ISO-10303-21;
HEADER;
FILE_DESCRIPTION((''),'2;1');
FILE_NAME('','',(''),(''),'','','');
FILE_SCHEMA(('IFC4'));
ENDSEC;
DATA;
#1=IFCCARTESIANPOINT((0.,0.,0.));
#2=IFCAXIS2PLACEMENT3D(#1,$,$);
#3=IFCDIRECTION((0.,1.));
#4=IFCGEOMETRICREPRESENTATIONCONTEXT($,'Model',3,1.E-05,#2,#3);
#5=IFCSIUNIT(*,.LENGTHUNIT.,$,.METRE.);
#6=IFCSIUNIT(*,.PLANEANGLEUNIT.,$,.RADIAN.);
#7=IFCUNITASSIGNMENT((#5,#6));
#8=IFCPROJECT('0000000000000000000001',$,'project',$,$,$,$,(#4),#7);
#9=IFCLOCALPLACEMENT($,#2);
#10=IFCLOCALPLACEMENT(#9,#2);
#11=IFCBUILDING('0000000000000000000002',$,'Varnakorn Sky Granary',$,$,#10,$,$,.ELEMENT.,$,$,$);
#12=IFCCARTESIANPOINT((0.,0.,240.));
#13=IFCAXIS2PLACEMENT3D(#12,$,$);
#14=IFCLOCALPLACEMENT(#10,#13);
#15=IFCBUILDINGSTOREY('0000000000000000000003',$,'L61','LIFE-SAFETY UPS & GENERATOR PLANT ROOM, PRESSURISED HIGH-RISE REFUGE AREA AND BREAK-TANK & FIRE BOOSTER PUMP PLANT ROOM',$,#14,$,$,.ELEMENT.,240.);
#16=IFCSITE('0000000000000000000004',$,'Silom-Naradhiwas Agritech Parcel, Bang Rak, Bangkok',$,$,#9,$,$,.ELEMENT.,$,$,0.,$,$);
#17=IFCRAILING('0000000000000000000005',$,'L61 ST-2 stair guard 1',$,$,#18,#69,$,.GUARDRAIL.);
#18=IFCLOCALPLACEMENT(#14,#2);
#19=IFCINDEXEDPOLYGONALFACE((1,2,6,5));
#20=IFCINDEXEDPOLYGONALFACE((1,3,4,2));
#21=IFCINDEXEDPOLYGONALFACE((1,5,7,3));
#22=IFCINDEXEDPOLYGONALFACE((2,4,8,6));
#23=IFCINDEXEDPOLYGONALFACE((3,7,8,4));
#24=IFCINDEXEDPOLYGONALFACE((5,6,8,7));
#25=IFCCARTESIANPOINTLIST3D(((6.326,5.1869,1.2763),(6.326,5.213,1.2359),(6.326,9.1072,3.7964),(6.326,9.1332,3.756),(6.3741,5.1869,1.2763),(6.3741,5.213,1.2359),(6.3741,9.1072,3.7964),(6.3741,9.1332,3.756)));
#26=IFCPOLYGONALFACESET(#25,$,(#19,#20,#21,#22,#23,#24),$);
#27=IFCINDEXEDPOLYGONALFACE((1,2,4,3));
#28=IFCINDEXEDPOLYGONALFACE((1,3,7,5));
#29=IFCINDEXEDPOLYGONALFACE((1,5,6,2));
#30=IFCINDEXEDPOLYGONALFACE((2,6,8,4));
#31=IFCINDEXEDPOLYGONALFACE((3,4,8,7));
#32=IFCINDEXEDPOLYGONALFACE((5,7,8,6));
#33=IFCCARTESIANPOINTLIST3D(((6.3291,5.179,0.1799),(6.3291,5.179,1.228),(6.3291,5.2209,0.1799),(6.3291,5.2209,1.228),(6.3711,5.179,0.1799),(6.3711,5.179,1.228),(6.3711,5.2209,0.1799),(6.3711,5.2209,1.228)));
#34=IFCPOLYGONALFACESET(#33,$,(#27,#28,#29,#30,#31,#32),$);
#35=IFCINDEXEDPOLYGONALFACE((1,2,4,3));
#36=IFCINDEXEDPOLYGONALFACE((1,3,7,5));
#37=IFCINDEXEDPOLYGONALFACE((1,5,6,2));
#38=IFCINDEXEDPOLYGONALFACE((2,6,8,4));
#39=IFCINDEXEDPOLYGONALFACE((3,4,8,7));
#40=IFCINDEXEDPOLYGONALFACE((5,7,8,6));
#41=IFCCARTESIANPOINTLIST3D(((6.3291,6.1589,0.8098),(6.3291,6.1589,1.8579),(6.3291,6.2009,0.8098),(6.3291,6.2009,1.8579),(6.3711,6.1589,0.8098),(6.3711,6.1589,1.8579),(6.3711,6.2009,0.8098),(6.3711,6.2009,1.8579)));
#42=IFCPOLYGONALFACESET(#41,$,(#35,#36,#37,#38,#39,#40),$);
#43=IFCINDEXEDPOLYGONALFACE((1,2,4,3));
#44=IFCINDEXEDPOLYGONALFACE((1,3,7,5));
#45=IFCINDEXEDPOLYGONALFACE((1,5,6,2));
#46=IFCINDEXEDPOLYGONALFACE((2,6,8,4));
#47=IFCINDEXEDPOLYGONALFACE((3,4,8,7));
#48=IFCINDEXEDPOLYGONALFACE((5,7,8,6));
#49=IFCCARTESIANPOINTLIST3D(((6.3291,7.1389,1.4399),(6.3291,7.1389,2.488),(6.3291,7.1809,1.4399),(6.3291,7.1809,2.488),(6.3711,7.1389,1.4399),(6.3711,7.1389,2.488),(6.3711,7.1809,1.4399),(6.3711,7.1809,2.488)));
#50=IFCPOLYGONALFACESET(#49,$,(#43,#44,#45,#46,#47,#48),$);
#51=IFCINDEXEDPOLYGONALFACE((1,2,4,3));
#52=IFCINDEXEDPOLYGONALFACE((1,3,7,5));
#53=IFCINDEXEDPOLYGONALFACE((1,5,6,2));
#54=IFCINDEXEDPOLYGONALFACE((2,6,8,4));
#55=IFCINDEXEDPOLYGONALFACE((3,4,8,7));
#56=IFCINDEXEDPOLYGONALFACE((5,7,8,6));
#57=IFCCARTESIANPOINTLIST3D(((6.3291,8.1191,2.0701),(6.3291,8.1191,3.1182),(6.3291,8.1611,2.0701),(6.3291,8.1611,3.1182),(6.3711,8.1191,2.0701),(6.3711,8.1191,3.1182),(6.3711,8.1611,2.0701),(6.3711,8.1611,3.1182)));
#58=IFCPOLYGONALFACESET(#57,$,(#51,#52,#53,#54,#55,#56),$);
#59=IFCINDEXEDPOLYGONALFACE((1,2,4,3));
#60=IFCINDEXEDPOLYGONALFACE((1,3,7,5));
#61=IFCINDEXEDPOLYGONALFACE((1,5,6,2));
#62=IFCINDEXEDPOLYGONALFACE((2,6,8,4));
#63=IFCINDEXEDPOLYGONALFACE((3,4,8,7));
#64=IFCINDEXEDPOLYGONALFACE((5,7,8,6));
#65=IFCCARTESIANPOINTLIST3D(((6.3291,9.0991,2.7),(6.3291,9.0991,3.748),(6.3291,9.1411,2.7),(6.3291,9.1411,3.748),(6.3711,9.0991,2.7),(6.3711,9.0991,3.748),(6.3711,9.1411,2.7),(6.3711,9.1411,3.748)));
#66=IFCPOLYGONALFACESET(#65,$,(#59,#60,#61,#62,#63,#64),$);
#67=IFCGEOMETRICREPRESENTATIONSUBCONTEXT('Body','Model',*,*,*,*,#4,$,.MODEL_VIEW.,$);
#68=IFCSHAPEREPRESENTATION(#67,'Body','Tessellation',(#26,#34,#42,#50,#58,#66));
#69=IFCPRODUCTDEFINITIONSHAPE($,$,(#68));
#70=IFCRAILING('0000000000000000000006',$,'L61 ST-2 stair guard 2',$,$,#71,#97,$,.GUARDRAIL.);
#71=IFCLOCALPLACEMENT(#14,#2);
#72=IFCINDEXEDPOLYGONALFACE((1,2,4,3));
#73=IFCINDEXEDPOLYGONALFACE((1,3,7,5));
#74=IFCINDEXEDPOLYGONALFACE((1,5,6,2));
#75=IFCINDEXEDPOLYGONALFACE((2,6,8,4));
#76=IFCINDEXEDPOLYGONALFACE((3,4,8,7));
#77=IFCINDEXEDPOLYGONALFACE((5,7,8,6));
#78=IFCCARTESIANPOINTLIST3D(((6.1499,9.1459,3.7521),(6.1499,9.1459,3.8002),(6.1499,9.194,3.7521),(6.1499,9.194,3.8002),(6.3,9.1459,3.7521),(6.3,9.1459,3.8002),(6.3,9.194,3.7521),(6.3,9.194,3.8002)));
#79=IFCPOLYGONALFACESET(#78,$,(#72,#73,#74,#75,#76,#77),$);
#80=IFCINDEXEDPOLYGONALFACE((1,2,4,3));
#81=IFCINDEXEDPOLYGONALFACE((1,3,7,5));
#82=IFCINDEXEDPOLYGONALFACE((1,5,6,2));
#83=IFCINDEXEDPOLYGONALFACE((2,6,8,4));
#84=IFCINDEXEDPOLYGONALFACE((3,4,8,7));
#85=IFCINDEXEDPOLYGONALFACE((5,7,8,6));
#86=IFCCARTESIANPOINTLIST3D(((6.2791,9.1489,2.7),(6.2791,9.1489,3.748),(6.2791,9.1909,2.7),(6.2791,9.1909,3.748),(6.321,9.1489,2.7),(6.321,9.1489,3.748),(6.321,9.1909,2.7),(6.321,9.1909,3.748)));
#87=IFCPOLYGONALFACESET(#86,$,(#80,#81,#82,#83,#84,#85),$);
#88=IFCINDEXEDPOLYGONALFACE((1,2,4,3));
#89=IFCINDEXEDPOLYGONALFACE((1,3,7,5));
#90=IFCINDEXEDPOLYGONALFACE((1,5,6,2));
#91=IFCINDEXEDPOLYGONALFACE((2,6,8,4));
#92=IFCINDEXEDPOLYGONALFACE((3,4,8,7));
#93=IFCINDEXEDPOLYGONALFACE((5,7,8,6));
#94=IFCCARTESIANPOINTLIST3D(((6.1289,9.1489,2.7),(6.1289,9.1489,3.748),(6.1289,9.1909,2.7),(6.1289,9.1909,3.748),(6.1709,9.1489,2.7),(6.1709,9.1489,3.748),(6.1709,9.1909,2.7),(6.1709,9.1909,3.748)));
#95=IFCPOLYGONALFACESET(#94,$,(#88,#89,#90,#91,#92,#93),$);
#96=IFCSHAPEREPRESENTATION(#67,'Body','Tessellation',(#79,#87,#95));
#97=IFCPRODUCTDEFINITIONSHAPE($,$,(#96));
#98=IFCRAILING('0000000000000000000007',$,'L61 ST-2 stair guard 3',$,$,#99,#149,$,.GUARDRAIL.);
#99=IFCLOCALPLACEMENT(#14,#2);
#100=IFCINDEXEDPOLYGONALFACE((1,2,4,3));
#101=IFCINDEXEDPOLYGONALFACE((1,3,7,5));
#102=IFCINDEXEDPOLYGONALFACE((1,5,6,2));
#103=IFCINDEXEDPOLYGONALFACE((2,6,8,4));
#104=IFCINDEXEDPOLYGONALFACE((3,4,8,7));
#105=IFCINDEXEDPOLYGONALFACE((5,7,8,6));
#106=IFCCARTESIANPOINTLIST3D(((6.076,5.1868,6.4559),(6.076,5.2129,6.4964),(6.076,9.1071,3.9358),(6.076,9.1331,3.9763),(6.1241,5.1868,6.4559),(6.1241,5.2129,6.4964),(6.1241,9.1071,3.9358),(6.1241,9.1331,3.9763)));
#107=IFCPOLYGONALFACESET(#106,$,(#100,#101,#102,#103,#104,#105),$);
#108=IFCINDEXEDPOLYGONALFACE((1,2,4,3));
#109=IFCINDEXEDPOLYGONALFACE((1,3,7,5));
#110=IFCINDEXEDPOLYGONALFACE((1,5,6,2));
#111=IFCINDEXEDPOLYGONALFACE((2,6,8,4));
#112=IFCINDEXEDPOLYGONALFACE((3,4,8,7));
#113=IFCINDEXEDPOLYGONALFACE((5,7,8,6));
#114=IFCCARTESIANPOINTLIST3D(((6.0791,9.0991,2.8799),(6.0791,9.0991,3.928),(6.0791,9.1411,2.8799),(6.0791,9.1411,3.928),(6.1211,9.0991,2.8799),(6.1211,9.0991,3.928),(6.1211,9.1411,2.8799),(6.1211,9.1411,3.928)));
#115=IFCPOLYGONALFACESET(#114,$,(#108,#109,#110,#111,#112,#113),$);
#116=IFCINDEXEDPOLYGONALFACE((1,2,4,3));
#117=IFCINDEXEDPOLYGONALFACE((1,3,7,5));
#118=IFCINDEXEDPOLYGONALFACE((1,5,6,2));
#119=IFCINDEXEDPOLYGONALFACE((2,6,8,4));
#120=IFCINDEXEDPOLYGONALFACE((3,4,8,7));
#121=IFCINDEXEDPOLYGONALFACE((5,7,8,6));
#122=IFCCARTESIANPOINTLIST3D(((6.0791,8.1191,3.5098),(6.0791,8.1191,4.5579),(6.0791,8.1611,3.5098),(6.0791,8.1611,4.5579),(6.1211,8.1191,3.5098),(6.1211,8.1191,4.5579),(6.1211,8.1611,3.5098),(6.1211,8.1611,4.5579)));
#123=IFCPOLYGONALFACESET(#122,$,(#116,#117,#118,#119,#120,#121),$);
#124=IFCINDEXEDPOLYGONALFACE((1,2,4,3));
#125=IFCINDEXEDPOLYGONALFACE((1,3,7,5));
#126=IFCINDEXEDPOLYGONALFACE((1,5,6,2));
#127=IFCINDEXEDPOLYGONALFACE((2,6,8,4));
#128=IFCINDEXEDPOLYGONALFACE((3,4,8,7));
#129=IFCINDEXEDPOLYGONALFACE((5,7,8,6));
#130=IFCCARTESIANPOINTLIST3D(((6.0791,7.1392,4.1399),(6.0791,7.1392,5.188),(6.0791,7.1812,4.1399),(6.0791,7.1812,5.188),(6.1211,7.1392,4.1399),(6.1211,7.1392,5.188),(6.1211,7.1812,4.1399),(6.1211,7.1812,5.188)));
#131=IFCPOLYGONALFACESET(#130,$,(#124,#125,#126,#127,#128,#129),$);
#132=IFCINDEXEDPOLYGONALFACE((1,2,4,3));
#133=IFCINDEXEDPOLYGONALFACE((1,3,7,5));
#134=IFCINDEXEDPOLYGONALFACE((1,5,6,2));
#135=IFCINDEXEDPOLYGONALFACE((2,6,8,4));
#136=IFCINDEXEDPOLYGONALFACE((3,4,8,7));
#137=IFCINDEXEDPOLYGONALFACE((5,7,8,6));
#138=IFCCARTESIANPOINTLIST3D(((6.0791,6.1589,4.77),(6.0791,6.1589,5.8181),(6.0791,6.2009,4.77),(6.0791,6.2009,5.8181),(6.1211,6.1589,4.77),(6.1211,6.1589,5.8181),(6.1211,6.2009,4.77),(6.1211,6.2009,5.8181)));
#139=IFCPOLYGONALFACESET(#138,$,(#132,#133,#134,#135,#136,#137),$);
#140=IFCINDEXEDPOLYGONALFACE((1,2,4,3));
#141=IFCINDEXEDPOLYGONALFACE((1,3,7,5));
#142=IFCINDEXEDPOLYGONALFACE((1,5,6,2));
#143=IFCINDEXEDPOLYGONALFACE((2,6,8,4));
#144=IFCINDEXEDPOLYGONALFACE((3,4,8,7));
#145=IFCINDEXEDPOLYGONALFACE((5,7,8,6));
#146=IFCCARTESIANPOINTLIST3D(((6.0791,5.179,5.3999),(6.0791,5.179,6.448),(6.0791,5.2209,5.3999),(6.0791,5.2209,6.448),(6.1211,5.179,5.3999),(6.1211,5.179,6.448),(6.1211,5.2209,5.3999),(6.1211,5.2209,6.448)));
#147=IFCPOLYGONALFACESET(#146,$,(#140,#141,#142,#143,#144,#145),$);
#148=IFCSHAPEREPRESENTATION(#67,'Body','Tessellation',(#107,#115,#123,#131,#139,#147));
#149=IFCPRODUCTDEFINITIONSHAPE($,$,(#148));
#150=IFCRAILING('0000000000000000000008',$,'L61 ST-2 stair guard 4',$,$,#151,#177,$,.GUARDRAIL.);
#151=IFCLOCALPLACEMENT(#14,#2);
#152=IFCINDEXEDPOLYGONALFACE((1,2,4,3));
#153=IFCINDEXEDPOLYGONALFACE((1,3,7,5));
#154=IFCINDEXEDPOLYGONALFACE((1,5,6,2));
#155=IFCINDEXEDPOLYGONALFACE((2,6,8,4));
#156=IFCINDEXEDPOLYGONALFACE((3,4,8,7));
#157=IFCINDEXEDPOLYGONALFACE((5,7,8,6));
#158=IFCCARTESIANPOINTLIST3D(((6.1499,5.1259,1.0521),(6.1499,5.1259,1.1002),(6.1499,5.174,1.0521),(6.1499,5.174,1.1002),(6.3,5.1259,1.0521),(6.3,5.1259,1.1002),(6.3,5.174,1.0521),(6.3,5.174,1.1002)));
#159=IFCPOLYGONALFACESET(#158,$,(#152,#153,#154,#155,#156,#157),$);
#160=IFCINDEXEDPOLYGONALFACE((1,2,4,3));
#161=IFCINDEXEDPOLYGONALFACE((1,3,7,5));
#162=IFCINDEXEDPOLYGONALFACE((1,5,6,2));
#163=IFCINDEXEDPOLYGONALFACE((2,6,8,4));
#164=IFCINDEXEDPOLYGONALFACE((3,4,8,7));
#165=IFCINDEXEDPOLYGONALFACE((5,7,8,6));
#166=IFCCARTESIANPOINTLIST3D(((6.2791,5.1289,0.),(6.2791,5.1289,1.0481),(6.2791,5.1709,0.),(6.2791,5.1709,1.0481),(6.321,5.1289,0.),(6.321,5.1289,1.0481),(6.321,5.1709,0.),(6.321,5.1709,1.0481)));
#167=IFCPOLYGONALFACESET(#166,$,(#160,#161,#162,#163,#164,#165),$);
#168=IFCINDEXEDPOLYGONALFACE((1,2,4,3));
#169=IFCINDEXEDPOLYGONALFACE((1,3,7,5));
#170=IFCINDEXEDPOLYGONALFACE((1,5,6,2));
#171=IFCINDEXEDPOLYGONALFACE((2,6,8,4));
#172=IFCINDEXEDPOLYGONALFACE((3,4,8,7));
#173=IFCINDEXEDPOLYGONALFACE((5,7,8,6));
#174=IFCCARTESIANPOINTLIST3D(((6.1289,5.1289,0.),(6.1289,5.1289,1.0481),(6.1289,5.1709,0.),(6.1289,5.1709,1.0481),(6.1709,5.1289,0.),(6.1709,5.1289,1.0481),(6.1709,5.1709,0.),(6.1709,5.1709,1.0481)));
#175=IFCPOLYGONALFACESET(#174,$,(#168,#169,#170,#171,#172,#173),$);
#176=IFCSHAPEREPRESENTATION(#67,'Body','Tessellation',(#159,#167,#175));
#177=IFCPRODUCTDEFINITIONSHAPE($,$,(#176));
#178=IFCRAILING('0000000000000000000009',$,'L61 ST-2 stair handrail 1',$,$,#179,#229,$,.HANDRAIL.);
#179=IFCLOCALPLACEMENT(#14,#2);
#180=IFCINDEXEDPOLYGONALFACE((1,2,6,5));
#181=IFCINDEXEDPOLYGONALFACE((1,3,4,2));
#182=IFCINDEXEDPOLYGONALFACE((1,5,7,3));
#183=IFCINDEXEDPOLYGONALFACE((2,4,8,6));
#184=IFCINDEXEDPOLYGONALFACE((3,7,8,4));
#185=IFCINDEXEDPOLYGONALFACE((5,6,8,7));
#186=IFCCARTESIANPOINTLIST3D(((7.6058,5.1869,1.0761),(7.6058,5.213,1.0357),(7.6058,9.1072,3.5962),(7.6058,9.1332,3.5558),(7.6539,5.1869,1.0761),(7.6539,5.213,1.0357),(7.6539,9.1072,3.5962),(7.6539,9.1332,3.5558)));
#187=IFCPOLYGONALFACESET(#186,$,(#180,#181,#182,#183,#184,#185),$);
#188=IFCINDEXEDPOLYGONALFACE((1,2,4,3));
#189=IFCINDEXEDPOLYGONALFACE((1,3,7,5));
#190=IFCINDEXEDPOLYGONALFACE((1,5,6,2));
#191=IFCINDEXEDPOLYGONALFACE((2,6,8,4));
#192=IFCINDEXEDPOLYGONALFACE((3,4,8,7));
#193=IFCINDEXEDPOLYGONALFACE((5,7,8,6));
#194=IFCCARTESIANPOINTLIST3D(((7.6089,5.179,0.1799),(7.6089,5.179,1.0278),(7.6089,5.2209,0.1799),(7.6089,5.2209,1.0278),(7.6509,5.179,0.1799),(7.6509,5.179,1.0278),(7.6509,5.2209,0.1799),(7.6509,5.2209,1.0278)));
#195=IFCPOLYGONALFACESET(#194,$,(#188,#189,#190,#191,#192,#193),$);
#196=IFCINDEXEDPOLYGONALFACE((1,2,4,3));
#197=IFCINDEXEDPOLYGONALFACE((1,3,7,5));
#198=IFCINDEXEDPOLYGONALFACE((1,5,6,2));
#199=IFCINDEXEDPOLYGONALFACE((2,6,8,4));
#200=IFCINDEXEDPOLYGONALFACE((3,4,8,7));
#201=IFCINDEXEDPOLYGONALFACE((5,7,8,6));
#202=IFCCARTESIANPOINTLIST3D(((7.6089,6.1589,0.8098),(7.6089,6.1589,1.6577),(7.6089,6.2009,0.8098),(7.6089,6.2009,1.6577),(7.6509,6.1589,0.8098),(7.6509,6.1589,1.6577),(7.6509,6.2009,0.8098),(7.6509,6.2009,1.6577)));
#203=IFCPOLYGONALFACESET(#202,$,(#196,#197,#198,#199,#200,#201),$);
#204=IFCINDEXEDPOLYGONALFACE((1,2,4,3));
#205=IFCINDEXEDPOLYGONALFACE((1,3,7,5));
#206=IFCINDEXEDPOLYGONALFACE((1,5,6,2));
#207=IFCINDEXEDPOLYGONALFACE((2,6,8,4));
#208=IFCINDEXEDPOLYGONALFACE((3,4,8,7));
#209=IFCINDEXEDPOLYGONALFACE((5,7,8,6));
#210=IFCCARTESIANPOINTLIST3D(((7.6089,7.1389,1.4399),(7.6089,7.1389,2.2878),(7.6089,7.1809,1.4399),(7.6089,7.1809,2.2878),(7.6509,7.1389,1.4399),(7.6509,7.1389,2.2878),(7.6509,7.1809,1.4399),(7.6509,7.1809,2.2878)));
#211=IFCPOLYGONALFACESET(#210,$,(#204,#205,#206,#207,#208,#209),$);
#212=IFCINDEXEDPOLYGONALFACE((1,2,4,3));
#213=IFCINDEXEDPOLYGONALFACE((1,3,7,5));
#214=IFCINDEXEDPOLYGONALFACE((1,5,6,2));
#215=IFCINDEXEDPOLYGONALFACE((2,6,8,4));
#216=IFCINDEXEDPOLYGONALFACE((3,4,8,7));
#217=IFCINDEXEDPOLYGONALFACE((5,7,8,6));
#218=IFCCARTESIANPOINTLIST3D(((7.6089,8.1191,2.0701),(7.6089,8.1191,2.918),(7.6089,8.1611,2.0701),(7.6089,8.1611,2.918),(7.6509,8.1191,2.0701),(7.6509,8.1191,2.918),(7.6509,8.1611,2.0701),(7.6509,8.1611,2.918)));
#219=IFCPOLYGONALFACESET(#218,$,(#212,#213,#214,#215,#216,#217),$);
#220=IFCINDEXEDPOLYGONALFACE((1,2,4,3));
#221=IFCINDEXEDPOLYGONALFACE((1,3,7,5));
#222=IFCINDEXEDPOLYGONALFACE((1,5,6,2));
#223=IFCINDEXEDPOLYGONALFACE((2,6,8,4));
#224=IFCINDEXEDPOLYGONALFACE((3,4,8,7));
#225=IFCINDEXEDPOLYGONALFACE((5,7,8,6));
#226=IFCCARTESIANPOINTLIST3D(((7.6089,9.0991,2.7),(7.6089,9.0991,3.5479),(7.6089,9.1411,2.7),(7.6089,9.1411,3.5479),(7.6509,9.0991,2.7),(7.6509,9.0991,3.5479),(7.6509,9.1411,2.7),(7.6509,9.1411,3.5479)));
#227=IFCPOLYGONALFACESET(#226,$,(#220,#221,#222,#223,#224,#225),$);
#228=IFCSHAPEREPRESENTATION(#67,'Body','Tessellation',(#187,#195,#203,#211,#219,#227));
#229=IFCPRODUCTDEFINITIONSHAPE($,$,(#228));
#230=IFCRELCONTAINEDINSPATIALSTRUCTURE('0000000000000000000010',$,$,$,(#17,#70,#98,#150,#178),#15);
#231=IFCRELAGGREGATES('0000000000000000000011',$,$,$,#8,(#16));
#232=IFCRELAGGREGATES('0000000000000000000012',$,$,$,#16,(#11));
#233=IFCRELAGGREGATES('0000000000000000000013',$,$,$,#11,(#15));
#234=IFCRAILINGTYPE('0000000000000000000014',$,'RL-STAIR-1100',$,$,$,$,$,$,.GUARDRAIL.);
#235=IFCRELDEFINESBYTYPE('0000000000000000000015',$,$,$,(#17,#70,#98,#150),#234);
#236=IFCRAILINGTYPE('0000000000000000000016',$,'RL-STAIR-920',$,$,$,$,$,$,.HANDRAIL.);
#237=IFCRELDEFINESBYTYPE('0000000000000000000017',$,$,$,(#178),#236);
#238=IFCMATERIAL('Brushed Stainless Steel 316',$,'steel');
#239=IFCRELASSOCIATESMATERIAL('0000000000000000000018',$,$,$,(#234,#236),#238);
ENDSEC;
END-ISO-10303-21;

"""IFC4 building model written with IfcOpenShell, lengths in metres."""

from ifc_helpers import new_model, si_unit, direction, frame, origin, origin_2d, place, context, subcontext, project, spatial, rectangle, extrude, material, type_object, element, save


model = new_model("IFC4")

# Units and contexts
model_context = context("Model", 3, precision=1e-05, world=origin(), true_north=direction((0.0, 1.0)))
body_context = subcontext(model_context, "Body", "Model", "MODEL_VIEW")
ifc_project = project(units=[si_unit("LENGTHUNIT", "METRE"), si_unit("PLANEANGLEUNIT", "RADIAN")], contexts=[model_context])

# Site, building, storey
site_placement = place(None, origin())
site = spatial("IfcSite", under=ifc_project, at=site_placement, Name="Silom-Naradhiwas Agritech Parcel, Bang Rak, Bangkok", CompositionType="ELEMENT", RefElevation=0.0)
building_placement = place(site_placement, origin())
building = spatial("IfcBuilding", under=site, at=building_placement, Name="Varnakorn Sky Granary", CompositionType="ELEMENT")
storey_placement = place(building_placement, frame((0.0, 0.0, 240.0)))
storey = spatial("IfcBuildingStorey", under=building, at=storey_placement, Name="L61", Description="LIFE-SAFETY UPS & GENERATOR PLANT ROOM, PRESSURISED HIGH-RISE REFUGE AREA AND BREAK-TANK & FIRE BOOSTER PUMP PLANT ROOM", CompositionType="ELEMENT", Elevation=240.0)

# Railings
ifc_material_1 = material(Name="Brushed Stainless Steel 316", Category="steel")
railing_type_1 = type_object("IfcRailingType", Name="RL-STAIR-1100", PredefinedType="GUARDRAIL", material=ifc_material_1)
railing_1_placement = place(storey_placement, frame((6.3501, 5.2, 0.1799)))
element("IfcRailing", 1, at=railing_1_placement, inside=storey, type_object=railing_type_1, Name="L61 ST-2 stair guard 1", PredefinedType="GUARDRAIL", context=body_context, shape_type="SweptSolid", body=[
    extrude(rectangle(XDim=0.0481, YDim=0.0481, at=origin_2d()), frame((0.0, 0.0, 1.0762), z_axis=(0.0, 0.841187, 0.540744), x_axis=(-1.0, 0.0, 0.0)), (0.0, 0.0, 1.0), 4.6604),
    extrude(rectangle(XDim=0.042, YDim=0.042, at=origin_2d()), origin(), (0.0, 0.0, 1.0), 1.0481),
    extrude(rectangle(XDim=0.042, YDim=0.042, at=origin_2d()), frame((0.0, 0.98, 0.6299)), (0.0, 0.0, 1.0), 1.0481),
    extrude(rectangle(XDim=0.042, YDim=0.042, at=origin_2d()), frame((0.0, 1.96, 1.26)), (0.0, 0.0, 1.0), 1.0481),
    extrude(rectangle(XDim=0.042, YDim=0.042, at=origin_2d()), frame((0.0, 2.9402, 1.8901)), (0.0, 0.0, 1.0), 1.0481),
    extrude(rectangle(XDim=0.042, YDim=0.042, at=origin_2d()), frame((0.0, 3.9202, 2.52)), (0.0, 0.0, 1.0), 1.0481),
])
railing_2_placement = place(storey_placement, frame((6.3, 9.1699, 2.7)))
element("IfcRailing", 2, at=railing_2_placement, inside=storey, type_object=railing_type_1, Name="L61 ST-2 stair guard 2", PredefinedType="GUARDRAIL", context=body_context, shape_type="SweptSolid", body=[
    extrude(rectangle(XDim=0.0481, YDim=0.0481, at=origin_2d()), frame((0.0, 0.0, 1.0762), z_axis=(-1.0, 0.0, 0.0), x_axis=(0.0, -1.0, 0.0)), (0.0, 0.0, 1.0), 0.1501),
    extrude(rectangle(XDim=0.042, YDim=0.042, at=origin_2d()), origin(), (0.0, 0.0, 1.0), 1.0481),
    extrude(rectangle(XDim=0.042, YDim=0.042, at=origin_2d()), frame((-0.1501, 0.0, 0.0)), (0.0, 0.0, 1.0), 1.0481),
])
railing_3_placement = place(storey_placement, frame((6.1001, 9.1201, 2.8799)))
element("IfcRailing", 3, at=railing_3_placement, inside=storey, type_object=railing_type_1, Name="L61 ST-2 stair guard 3", PredefinedType="GUARDRAIL", context=body_context, shape_type="SweptSolid", body=[
    extrude(rectangle(XDim=0.0481, YDim=0.0481, at=origin_2d()), frame((0.0, 0.0, 1.0762), z_axis=(0.0, -0.841187, 0.540744), x_axis=(1.0, 0.0, 0.0)), (0.0, 0.0, 1.0), 4.6604),
    extrude(rectangle(XDim=0.042, YDim=0.042, at=origin_2d()), origin(), (0.0, 0.0, 1.0), 1.0481),
    extrude(rectangle(XDim=0.042, YDim=0.042, at=origin_2d()), frame((0.0, -0.98, 0.6299)), (0.0, 0.0, 1.0), 1.0481),
    extrude(rectangle(XDim=0.042, YDim=0.042, at=origin_2d()), frame((0.0, -1.96, 1.26)), (0.0, 0.0, 1.0), 1.0481),
    extrude(rectangle(XDim=0.042, YDim=0.042, at=origin_2d()), frame((0.0, -2.9402, 1.8901)), (0.0, 0.0, 1.0), 1.0481),
    extrude(rectangle(XDim=0.042, YDim=0.042, at=origin_2d()), frame((0.0, -3.9202, 2.52)), (0.0, 0.0, 1.0), 1.0481),
])
railing_4_placement = place(storey_placement, frame((6.3, 5.1499, 0.0)))
element("IfcRailing", 4, at=railing_4_placement, inside=storey, type_object=railing_type_1, Name="L61 ST-2 stair guard 4", PredefinedType="GUARDRAIL", context=body_context, shape_type="SweptSolid", body=[
    extrude(rectangle(XDim=0.0481, YDim=0.0481, at=origin_2d()), frame((0.0, 0.0, 1.0762), z_axis=(-1.0, 0.0, 0.0), x_axis=(0.0, -1.0, 0.0)), (0.0, 0.0, 1.0), 0.1501),
    extrude(rectangle(XDim=0.042, YDim=0.042, at=origin_2d()), origin(), (0.0, 0.0, 1.0), 1.0481),
    extrude(rectangle(XDim=0.042, YDim=0.042, at=origin_2d()), frame((-0.1501, 0.0, 0.0)), (0.0, 0.0, 1.0), 1.0481),
])
railing_type_2 = type_object("IfcRailingType", Name="RL-STAIR-920", PredefinedType="HANDRAIL", material=ifc_material_1)
railing_5_placement = place(storey_placement, frame((7.6299, 5.2, 0.1799)))
element("IfcRailing", 5, at=railing_5_placement, inside=storey, type_object=railing_type_2, Name="L61 ST-2 stair handrail 1", PredefinedType="HANDRAIL", context=body_context, shape_type="SweptSolid", body=[
    extrude(rectangle(XDim=0.0481, YDim=0.0481, at=origin_2d()), frame((0.0, 0.0, 0.876), z_axis=(0.0, 0.841187, 0.540744), x_axis=(-1.0, 0.0, 0.0)), (0.0, 0.0, 1.0), 4.6604),
    extrude(rectangle(XDim=0.042, YDim=0.042, at=origin_2d()), origin(), (0.0, 0.0, 1.0), 0.8479),
    extrude(rectangle(XDim=0.042, YDim=0.042, at=origin_2d()), frame((0.0, 0.98, 0.6299)), (0.0, 0.0, 1.0), 0.8479),
    extrude(rectangle(XDim=0.042, YDim=0.042, at=origin_2d()), frame((0.0, 1.96, 1.26)), (0.0, 0.0, 1.0), 0.8479),
    extrude(rectangle(XDim=0.042, YDim=0.042, at=origin_2d()), frame((0.0, 2.9402, 1.8901)), (0.0, 0.0, 1.0), 0.8479),
    extrude(rectangle(XDim=0.042, YDim=0.042, at=origin_2d()), frame((0.0, 3.9202, 2.52)), (0.0, 0.0, 1.0), 0.8479),
])

save(model, "model.ifc")
